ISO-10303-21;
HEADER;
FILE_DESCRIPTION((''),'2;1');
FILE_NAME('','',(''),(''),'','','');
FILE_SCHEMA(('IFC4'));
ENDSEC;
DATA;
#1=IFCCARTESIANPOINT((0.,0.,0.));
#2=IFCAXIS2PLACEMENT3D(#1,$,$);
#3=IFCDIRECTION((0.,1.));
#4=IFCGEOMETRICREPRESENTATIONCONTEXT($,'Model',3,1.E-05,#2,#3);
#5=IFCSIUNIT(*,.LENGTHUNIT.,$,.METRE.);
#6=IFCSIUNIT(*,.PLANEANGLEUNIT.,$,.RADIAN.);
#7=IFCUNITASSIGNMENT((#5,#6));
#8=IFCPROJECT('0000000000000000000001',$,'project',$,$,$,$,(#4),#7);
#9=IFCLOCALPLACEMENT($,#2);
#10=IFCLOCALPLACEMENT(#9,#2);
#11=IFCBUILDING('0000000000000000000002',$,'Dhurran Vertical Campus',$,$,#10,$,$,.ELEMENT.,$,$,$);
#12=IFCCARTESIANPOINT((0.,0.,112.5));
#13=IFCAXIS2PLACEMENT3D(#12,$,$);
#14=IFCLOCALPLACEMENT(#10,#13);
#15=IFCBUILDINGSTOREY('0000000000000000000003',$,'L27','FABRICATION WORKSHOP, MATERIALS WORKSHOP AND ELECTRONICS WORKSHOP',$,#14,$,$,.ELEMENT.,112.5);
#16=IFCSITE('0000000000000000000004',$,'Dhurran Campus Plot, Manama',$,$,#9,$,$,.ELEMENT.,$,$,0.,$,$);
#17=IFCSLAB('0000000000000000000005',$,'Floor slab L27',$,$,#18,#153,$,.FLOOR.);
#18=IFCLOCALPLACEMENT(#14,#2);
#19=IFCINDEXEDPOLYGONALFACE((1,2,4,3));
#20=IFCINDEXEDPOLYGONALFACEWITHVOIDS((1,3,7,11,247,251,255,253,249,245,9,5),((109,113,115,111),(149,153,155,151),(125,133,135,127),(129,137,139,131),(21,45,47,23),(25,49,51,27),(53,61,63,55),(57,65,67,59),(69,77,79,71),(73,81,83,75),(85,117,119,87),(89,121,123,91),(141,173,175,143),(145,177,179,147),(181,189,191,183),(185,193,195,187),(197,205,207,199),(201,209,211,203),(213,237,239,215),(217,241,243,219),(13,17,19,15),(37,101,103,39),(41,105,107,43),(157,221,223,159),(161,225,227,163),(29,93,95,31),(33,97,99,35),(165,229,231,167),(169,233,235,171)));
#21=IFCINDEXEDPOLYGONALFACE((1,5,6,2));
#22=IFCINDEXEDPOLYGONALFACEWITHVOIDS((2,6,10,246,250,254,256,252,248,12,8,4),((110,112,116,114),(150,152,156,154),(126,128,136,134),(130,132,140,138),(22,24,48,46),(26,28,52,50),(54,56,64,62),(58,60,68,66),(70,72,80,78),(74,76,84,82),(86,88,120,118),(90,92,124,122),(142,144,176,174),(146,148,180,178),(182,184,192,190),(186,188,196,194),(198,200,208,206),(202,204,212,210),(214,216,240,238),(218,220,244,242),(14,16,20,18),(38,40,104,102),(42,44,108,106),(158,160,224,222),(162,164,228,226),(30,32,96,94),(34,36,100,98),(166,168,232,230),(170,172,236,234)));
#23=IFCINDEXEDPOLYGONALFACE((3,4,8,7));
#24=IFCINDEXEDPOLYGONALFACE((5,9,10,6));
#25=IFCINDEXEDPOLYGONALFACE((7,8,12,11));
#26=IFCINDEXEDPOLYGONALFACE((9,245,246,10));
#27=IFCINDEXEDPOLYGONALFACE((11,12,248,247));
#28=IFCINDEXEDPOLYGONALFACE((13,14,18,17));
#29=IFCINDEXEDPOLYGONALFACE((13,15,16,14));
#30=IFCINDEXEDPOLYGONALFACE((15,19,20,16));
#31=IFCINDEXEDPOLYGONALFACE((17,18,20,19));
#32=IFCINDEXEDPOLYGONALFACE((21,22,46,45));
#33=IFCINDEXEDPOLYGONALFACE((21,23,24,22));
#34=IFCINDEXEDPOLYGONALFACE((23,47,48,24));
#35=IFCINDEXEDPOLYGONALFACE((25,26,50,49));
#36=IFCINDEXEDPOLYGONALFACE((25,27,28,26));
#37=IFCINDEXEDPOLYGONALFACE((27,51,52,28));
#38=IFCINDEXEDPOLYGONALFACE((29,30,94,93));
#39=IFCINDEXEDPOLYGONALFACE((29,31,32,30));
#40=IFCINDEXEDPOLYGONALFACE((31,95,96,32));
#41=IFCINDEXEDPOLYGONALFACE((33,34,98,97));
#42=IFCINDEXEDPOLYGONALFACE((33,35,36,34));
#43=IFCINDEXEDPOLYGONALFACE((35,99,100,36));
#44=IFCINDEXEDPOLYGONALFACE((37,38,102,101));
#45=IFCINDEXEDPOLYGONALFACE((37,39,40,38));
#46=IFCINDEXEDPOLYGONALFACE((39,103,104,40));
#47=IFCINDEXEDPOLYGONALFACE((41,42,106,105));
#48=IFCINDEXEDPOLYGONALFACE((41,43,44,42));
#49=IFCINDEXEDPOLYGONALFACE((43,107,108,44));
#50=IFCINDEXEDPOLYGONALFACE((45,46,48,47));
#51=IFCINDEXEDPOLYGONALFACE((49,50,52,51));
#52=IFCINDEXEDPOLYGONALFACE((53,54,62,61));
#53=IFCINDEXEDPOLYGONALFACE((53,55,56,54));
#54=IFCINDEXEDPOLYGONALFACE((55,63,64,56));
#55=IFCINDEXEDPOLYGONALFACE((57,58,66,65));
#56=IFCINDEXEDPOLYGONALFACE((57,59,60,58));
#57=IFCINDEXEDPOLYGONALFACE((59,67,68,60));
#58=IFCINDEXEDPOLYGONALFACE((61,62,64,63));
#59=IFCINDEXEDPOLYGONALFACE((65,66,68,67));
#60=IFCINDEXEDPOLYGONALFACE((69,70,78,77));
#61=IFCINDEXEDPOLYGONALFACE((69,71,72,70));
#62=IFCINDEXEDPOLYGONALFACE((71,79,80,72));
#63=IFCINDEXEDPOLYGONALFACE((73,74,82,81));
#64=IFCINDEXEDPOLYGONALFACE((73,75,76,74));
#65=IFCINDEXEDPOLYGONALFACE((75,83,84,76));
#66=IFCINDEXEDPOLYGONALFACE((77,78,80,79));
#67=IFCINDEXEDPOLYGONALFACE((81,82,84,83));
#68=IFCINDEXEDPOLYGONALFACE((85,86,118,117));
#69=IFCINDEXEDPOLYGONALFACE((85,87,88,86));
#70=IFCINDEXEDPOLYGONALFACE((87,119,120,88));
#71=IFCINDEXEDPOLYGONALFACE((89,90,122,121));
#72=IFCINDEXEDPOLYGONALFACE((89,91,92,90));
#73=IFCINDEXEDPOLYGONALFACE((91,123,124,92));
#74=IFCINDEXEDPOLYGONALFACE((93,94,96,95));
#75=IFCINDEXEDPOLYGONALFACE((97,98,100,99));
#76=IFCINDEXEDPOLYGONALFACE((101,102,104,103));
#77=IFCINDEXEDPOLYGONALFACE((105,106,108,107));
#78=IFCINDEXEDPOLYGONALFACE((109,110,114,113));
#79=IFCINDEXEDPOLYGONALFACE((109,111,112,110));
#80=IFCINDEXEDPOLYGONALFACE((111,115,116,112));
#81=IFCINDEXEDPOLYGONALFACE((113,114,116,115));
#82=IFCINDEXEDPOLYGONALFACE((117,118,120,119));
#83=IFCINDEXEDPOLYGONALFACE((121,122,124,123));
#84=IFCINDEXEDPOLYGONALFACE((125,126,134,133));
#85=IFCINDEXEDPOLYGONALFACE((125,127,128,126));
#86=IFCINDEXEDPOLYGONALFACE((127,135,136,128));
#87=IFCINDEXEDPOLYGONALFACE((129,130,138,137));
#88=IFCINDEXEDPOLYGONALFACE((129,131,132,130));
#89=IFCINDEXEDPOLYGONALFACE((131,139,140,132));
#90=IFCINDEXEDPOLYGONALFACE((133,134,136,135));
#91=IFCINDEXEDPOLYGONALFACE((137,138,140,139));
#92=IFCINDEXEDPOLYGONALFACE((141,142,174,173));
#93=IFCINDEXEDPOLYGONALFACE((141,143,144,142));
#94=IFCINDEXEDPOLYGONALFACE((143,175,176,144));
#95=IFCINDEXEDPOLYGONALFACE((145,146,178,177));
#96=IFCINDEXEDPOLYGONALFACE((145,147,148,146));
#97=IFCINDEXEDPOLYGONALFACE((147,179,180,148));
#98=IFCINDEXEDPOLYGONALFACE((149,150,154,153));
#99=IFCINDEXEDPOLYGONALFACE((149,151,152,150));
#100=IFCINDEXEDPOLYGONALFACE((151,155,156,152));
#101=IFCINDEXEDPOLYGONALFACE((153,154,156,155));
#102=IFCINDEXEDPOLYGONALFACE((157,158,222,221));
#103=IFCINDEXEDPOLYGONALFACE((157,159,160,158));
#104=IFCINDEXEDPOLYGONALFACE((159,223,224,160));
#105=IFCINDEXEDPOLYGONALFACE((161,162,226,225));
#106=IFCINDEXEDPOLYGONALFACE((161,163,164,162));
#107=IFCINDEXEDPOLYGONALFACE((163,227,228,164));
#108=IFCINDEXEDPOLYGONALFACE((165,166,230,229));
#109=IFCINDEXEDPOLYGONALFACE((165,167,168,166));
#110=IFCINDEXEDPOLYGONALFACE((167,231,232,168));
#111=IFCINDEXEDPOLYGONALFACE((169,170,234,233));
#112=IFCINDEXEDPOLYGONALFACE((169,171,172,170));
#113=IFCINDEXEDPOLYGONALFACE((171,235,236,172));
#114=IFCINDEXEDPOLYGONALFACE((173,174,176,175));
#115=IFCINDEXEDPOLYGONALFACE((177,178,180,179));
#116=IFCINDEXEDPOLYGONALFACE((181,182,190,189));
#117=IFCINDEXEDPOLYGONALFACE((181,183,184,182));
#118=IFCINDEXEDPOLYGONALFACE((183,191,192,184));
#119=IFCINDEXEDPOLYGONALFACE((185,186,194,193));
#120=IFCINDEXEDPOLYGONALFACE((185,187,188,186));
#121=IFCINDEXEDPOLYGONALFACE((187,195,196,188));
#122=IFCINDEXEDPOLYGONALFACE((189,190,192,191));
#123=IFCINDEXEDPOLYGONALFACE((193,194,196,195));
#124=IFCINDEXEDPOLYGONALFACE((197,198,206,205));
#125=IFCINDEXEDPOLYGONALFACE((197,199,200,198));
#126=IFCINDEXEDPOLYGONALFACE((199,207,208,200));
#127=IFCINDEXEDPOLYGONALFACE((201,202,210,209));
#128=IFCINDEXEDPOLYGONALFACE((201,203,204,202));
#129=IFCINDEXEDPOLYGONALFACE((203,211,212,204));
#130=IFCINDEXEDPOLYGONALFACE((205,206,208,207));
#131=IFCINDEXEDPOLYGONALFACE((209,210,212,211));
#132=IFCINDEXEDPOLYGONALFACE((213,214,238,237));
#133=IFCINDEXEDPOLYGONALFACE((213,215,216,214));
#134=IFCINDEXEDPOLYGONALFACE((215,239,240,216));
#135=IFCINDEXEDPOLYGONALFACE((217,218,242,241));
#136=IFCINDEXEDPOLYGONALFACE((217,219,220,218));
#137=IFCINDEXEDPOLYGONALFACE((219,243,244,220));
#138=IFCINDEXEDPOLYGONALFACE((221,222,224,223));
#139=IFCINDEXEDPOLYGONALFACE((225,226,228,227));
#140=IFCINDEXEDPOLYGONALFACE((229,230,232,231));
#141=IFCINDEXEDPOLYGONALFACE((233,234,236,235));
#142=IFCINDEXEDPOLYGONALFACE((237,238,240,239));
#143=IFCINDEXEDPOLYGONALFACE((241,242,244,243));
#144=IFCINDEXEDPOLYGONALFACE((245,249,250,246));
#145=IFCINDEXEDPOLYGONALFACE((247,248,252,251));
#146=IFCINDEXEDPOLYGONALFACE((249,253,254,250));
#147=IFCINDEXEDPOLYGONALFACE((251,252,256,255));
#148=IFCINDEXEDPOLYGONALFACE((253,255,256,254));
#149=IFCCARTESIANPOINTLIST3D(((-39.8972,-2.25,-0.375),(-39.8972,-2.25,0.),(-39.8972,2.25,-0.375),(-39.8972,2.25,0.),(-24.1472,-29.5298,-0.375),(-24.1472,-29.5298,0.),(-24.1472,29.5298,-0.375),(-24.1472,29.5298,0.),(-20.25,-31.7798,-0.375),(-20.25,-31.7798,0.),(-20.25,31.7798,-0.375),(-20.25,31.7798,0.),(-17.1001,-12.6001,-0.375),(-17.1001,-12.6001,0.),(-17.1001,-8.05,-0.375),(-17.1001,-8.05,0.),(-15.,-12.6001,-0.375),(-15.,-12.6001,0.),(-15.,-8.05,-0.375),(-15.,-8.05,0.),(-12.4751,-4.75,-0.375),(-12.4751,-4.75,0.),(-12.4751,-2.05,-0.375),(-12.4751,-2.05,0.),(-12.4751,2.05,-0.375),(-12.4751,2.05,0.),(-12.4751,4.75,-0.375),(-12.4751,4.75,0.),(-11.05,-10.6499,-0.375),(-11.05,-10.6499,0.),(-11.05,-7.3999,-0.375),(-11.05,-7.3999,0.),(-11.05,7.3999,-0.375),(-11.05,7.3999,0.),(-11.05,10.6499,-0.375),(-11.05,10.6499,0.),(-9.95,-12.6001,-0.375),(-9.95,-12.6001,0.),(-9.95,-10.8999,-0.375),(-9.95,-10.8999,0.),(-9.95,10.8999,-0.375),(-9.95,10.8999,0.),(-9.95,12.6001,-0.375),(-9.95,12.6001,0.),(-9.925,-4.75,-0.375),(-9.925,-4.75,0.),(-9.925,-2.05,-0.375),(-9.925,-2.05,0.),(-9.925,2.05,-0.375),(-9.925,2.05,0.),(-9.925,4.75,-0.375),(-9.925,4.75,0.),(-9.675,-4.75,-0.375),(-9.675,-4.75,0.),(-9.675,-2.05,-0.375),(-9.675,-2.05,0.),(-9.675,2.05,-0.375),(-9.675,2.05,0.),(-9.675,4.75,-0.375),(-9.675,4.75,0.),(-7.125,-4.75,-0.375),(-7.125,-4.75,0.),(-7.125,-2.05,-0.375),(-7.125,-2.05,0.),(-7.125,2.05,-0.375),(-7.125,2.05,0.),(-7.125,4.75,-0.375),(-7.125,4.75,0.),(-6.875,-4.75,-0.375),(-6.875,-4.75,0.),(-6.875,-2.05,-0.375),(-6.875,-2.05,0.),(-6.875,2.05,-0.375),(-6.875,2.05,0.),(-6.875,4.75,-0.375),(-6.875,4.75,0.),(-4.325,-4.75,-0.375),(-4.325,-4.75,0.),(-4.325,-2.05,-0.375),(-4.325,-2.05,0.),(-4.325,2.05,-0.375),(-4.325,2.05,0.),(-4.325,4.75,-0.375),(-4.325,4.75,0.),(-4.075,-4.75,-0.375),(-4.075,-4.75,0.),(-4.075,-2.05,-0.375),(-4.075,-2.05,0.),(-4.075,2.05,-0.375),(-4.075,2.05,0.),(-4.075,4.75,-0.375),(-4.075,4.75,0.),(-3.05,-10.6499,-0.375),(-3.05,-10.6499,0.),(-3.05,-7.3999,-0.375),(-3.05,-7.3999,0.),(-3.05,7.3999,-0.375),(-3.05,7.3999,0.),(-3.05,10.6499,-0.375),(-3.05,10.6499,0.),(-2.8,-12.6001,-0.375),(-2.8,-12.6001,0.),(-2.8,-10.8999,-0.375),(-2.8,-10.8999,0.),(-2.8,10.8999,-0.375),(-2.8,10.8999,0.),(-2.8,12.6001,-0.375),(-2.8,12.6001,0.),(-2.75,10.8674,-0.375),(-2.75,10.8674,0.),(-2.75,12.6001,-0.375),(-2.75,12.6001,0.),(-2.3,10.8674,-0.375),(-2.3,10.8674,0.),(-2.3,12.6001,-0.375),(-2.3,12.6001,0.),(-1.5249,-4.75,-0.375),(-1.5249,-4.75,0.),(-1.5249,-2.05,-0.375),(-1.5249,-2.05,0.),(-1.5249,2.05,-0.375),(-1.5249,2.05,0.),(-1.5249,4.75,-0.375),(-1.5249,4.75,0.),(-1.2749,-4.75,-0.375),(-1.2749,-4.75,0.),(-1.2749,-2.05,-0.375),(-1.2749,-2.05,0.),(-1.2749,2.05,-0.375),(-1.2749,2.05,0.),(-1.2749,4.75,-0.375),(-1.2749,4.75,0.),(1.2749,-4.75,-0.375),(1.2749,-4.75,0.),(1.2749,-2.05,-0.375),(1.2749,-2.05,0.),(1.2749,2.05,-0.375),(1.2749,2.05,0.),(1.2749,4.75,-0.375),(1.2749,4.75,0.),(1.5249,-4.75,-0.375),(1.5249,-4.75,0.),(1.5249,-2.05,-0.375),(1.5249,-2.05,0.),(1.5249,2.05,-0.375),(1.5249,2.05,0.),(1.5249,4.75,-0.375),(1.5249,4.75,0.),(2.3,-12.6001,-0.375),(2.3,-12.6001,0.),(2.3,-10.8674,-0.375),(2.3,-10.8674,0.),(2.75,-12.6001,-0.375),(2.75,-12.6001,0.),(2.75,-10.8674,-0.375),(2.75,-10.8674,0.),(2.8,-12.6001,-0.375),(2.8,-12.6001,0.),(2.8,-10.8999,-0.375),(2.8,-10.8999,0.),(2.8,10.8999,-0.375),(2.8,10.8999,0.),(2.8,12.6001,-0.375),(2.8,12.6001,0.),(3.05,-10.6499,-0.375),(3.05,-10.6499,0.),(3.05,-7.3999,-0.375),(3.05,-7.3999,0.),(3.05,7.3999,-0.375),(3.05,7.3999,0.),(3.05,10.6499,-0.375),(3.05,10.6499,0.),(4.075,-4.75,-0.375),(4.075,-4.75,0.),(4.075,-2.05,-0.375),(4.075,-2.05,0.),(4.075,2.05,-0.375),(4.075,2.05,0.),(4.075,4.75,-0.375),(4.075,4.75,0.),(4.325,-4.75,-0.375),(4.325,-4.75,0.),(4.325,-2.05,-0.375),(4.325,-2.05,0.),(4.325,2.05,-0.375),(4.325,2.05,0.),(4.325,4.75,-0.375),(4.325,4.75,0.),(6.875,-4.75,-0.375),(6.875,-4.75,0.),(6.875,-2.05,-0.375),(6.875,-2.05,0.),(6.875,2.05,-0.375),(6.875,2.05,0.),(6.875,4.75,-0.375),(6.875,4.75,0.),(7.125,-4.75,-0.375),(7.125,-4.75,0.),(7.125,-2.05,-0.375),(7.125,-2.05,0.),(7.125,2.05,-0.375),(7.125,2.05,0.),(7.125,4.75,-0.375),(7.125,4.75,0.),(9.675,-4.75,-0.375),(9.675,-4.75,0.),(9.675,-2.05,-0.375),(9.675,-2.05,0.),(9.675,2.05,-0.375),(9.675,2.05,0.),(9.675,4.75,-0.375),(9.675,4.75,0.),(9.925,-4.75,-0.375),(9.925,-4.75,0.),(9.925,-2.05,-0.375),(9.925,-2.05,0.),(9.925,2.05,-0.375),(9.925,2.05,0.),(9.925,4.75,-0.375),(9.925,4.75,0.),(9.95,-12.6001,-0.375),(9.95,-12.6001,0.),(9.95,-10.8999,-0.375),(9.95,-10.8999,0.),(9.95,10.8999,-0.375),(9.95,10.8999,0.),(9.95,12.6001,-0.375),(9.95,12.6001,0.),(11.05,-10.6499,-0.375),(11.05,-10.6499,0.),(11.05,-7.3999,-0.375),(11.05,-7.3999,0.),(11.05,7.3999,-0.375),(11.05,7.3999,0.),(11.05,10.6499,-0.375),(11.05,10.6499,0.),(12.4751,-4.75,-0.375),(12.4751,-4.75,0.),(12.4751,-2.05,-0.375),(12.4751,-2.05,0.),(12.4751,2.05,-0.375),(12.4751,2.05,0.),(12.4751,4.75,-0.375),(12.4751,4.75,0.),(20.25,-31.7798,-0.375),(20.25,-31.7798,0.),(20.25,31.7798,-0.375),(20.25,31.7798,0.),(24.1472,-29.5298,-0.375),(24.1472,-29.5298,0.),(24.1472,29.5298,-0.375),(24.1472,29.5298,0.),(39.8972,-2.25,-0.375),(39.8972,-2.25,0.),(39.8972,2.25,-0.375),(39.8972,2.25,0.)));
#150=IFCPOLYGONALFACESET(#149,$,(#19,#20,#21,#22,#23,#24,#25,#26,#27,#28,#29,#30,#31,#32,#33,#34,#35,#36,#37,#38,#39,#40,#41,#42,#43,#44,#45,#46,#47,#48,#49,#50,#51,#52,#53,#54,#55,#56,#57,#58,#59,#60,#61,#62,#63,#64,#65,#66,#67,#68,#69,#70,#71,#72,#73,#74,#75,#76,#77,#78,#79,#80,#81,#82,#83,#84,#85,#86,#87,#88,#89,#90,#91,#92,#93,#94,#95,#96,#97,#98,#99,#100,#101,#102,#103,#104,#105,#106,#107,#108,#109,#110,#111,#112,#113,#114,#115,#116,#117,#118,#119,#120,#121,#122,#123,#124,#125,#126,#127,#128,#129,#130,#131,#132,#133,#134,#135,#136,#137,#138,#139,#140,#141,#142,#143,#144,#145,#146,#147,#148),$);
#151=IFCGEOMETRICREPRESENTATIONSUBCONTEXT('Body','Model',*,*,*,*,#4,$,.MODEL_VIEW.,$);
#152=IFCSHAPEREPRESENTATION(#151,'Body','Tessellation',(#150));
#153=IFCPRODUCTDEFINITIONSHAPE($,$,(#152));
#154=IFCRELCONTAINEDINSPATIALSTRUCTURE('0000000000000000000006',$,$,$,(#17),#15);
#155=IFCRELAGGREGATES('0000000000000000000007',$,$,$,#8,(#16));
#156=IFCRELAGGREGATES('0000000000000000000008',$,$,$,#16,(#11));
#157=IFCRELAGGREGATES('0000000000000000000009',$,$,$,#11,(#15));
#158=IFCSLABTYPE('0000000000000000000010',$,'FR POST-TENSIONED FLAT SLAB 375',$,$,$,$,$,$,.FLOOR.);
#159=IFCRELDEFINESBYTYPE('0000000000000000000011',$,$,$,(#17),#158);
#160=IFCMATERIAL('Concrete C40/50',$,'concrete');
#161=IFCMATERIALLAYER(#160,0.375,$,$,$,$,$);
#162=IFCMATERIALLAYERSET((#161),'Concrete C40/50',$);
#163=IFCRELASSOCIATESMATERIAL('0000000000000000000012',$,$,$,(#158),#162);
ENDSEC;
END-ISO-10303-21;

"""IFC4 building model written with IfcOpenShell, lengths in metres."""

from ifc_helpers import new_model, si_unit, direction, frame, origin, place, context, subcontext, project, spatial, polyline, outline, extrude, material, layer, layer_set, type_object, element, save


model = new_model("IFC4")

# Units and contexts
model_context = context("Model", 3, precision=1e-05, world=origin(), true_north=direction((0.0, 1.0)))
body_context = subcontext(model_context, "Body", "Model", "MODEL_VIEW")
ifc_project = project(units=[si_unit("LENGTHUNIT", "METRE"), si_unit("PLANEANGLEUNIT", "RADIAN")], contexts=[model_context])

# Site, building, storey
site_placement = place(None, origin())
site = spatial("IfcSite", under=ifc_project, at=site_placement, Name="Dhurran Campus Plot, Manama", CompositionType="ELEMENT", RefElevation=0.0)
building_placement = place(site_placement, origin())
building = spatial("IfcBuilding", under=site, at=building_placement, Name="Dhurran Vertical Campus", CompositionType="ELEMENT")
storey_placement = place(building_placement, frame((0.0, 0.0, 112.5)))
storey = spatial("IfcBuildingStorey", under=building, at=storey_placement, Name="L27", Description="FABRICATION WORKSHOP, MATERIALS WORKSHOP AND ELECTRONICS WORKSHOP", CompositionType="ELEMENT", Elevation=112.5)

# Slab
ifc_material_1 = material(Name="Concrete C40/50", Category="concrete")
ifc_layer_1 = layer(ifc_material_1, 0.375)
ifc_layer_set_1 = layer_set([ifc_layer_1], Name="Concrete C40/50")
slab_type = type_object("IfcSlabType", Name="FR POST-TENSIONED FLAT SLAB 375", PredefinedType="FLOOR", material=ifc_layer_set_1)
slab_placement = place(storey_placement, frame((0.0, 0.0, -0.375)))
element("IfcSlab", 1, at=slab_placement, inside=storey, type_object=slab_type, Name="Floor slab L27", PredefinedType="FLOOR", context=body_context, shape_type="SweptSolid", body=[
    extrude(outline(polyline([(-20.25, -31.7798), (20.25, -31.7798), (24.1472, -29.5298), (39.8972, -2.25), (39.8972, 2.25), (24.1472, 29.5298), (20.25, 31.7798), (-20.25, 31.7798), (-24.1472, 29.5298), (-39.8972, 2.25), (-39.8972, -2.25), (-24.1472, -29.5298), (-20.25, -31.7798)]), holes=[polyline([(-12.4751, 2.05), (-9.925, 2.05), (-9.925, 4.75), (-12.4751, 4.75), (-12.4751, 2.05)]), polyline([(-9.675, 2.05), (-7.125, 2.05), (-7.125, 4.75), (-9.675, 4.75), (-9.675, 2.05)]), polyline([(-6.875, 2.05), (-4.325, 2.05), (-4.325, 4.75), (-6.875, 4.75), (-6.875, 2.05)]), polyline([(-1.2749, 2.05), (1.2749, 2.05), (1.2749, 4.75), (-1.2749, 4.75), (-1.2749, 2.05)]), polyline([(9.925, 2.05), (12.4751, 2.05), (12.4751, 4.75), (9.925, 4.75), (9.925, 2.05)]), polyline([(-1.2749, -4.75), (1.2749, -4.75), (1.2749, -2.05), (-1.2749, -2.05), (-1.2749, -4.75)]), polyline([(1.5249, -4.75), (4.075, -4.75), (4.075, -2.05), (1.5249, -2.05), (1.5249, -4.75)]), polyline([(4.325, -4.75), (6.875, -4.75), (6.875, -2.05), (4.325, -2.05), (4.325, -4.75)]), polyline([(7.125, -4.75), (9.675, -4.75), (9.675, -2.05), (7.125, -2.05), (7.125, -4.75)]), polyline([(9.925, -4.75), (12.4751, -4.75), (12.4751, -2.05), (9.925, -2.05), (9.925, -4.75)]), polyline([(-4.075, 2.05), (-1.5249, 2.05), (-1.5249, 4.75), (-4.075, 4.75), (-4.075, 2.05)]), polyline([(1.5249, 2.05), (4.075, 2.05), (4.075, 4.75), (1.5249, 4.75), (1.5249, 2.05)]), polyline([(4.325, 2.05), (6.875, 2.05), (6.875, 4.75), (4.325, 4.75), (4.325, 2.05)]), polyline([(7.125, 2.05), (9.675, 2.05), (9.675, 4.75), (7.125, 4.75), (7.125, 2.05)]), polyline([(-12.4751, -4.75), (-9.925, -4.75), (-9.925, -2.05), (-12.4751, -2.05), (-12.4751, -4.75)]), polyline([(-9.675, -4.75), (-7.125, -4.75), (-7.125, -2.05), (-9.675, -2.05), (-9.675, -4.75)]), polyline([(-6.875, -4.75), (-4.325, -4.75), (-4.325, -2.05), (-6.875, -2.05), (-6.875, -4.75)]), polyline([(-4.075, -4.75), (-1.5249, -4.75), (-1.5249, -2.05), (-4.075, -2.05), (-4.075, -4.75)]), polyline([(-11.05, 7.3999), (-3.05, 7.3999), (-3.05, 10.6499), (-11.05, 10.6499), (-11.05, 7.3999)]), polyline([(3.05, 7.3999), (11.05, 7.3999), (11.05, 10.6499), (3.05, 10.6499), (3.05, 7.3999)]), polyline([(-11.05, -10.6499), (-3.05, -10.6499), (-3.05, -7.3999), (-11.05, -7.3999), (-11.05, -10.6499)]), polyline([(3.05, -10.6499), (11.05, -10.6499), (11.05, -7.3999), (3.05, -7.3999), (3.05, -10.6499)]), polyline([(-9.95, 10.8999), (-9.95, 12.6001), (-2.8, 12.6001), (-2.8, 10.8999), (-9.95, 10.8999)]), polyline([(9.95, 12.6001), (9.95, 10.8999), (2.8, 10.8999), (2.8, 12.6001), (9.95, 12.6001)]), polyline([(-9.95, -12.6001), (-9.95, -10.8999), (-2.8, -10.8999), (-2.8, -12.6001), (-9.95, -12.6001)]), polyline([(9.95, -10.8999), (9.95, -12.6001), (2.8, -12.6001), (2.8, -10.8999), (9.95, -10.8999)]), polyline([(-17.1001, -8.05), (-15.0, -8.05), (-15.0, -12.6001), (-17.1001, -12.6001), (-17.1001, -8.05)]), polyline([(-2.3, 12.6001), (-2.3, 10.8674), (-2.75, 10.8674), (-2.75, 12.6001), (-2.3, 12.6001)]), polyline([(2.3, -12.6001), (2.3, -10.8674), (2.75, -10.8674), (2.75, -12.6001), (2.3, -12.6001)])]), origin(), (0.0, 0.0, 1.0), 0.375),
])

save(model, "model.ifc")
